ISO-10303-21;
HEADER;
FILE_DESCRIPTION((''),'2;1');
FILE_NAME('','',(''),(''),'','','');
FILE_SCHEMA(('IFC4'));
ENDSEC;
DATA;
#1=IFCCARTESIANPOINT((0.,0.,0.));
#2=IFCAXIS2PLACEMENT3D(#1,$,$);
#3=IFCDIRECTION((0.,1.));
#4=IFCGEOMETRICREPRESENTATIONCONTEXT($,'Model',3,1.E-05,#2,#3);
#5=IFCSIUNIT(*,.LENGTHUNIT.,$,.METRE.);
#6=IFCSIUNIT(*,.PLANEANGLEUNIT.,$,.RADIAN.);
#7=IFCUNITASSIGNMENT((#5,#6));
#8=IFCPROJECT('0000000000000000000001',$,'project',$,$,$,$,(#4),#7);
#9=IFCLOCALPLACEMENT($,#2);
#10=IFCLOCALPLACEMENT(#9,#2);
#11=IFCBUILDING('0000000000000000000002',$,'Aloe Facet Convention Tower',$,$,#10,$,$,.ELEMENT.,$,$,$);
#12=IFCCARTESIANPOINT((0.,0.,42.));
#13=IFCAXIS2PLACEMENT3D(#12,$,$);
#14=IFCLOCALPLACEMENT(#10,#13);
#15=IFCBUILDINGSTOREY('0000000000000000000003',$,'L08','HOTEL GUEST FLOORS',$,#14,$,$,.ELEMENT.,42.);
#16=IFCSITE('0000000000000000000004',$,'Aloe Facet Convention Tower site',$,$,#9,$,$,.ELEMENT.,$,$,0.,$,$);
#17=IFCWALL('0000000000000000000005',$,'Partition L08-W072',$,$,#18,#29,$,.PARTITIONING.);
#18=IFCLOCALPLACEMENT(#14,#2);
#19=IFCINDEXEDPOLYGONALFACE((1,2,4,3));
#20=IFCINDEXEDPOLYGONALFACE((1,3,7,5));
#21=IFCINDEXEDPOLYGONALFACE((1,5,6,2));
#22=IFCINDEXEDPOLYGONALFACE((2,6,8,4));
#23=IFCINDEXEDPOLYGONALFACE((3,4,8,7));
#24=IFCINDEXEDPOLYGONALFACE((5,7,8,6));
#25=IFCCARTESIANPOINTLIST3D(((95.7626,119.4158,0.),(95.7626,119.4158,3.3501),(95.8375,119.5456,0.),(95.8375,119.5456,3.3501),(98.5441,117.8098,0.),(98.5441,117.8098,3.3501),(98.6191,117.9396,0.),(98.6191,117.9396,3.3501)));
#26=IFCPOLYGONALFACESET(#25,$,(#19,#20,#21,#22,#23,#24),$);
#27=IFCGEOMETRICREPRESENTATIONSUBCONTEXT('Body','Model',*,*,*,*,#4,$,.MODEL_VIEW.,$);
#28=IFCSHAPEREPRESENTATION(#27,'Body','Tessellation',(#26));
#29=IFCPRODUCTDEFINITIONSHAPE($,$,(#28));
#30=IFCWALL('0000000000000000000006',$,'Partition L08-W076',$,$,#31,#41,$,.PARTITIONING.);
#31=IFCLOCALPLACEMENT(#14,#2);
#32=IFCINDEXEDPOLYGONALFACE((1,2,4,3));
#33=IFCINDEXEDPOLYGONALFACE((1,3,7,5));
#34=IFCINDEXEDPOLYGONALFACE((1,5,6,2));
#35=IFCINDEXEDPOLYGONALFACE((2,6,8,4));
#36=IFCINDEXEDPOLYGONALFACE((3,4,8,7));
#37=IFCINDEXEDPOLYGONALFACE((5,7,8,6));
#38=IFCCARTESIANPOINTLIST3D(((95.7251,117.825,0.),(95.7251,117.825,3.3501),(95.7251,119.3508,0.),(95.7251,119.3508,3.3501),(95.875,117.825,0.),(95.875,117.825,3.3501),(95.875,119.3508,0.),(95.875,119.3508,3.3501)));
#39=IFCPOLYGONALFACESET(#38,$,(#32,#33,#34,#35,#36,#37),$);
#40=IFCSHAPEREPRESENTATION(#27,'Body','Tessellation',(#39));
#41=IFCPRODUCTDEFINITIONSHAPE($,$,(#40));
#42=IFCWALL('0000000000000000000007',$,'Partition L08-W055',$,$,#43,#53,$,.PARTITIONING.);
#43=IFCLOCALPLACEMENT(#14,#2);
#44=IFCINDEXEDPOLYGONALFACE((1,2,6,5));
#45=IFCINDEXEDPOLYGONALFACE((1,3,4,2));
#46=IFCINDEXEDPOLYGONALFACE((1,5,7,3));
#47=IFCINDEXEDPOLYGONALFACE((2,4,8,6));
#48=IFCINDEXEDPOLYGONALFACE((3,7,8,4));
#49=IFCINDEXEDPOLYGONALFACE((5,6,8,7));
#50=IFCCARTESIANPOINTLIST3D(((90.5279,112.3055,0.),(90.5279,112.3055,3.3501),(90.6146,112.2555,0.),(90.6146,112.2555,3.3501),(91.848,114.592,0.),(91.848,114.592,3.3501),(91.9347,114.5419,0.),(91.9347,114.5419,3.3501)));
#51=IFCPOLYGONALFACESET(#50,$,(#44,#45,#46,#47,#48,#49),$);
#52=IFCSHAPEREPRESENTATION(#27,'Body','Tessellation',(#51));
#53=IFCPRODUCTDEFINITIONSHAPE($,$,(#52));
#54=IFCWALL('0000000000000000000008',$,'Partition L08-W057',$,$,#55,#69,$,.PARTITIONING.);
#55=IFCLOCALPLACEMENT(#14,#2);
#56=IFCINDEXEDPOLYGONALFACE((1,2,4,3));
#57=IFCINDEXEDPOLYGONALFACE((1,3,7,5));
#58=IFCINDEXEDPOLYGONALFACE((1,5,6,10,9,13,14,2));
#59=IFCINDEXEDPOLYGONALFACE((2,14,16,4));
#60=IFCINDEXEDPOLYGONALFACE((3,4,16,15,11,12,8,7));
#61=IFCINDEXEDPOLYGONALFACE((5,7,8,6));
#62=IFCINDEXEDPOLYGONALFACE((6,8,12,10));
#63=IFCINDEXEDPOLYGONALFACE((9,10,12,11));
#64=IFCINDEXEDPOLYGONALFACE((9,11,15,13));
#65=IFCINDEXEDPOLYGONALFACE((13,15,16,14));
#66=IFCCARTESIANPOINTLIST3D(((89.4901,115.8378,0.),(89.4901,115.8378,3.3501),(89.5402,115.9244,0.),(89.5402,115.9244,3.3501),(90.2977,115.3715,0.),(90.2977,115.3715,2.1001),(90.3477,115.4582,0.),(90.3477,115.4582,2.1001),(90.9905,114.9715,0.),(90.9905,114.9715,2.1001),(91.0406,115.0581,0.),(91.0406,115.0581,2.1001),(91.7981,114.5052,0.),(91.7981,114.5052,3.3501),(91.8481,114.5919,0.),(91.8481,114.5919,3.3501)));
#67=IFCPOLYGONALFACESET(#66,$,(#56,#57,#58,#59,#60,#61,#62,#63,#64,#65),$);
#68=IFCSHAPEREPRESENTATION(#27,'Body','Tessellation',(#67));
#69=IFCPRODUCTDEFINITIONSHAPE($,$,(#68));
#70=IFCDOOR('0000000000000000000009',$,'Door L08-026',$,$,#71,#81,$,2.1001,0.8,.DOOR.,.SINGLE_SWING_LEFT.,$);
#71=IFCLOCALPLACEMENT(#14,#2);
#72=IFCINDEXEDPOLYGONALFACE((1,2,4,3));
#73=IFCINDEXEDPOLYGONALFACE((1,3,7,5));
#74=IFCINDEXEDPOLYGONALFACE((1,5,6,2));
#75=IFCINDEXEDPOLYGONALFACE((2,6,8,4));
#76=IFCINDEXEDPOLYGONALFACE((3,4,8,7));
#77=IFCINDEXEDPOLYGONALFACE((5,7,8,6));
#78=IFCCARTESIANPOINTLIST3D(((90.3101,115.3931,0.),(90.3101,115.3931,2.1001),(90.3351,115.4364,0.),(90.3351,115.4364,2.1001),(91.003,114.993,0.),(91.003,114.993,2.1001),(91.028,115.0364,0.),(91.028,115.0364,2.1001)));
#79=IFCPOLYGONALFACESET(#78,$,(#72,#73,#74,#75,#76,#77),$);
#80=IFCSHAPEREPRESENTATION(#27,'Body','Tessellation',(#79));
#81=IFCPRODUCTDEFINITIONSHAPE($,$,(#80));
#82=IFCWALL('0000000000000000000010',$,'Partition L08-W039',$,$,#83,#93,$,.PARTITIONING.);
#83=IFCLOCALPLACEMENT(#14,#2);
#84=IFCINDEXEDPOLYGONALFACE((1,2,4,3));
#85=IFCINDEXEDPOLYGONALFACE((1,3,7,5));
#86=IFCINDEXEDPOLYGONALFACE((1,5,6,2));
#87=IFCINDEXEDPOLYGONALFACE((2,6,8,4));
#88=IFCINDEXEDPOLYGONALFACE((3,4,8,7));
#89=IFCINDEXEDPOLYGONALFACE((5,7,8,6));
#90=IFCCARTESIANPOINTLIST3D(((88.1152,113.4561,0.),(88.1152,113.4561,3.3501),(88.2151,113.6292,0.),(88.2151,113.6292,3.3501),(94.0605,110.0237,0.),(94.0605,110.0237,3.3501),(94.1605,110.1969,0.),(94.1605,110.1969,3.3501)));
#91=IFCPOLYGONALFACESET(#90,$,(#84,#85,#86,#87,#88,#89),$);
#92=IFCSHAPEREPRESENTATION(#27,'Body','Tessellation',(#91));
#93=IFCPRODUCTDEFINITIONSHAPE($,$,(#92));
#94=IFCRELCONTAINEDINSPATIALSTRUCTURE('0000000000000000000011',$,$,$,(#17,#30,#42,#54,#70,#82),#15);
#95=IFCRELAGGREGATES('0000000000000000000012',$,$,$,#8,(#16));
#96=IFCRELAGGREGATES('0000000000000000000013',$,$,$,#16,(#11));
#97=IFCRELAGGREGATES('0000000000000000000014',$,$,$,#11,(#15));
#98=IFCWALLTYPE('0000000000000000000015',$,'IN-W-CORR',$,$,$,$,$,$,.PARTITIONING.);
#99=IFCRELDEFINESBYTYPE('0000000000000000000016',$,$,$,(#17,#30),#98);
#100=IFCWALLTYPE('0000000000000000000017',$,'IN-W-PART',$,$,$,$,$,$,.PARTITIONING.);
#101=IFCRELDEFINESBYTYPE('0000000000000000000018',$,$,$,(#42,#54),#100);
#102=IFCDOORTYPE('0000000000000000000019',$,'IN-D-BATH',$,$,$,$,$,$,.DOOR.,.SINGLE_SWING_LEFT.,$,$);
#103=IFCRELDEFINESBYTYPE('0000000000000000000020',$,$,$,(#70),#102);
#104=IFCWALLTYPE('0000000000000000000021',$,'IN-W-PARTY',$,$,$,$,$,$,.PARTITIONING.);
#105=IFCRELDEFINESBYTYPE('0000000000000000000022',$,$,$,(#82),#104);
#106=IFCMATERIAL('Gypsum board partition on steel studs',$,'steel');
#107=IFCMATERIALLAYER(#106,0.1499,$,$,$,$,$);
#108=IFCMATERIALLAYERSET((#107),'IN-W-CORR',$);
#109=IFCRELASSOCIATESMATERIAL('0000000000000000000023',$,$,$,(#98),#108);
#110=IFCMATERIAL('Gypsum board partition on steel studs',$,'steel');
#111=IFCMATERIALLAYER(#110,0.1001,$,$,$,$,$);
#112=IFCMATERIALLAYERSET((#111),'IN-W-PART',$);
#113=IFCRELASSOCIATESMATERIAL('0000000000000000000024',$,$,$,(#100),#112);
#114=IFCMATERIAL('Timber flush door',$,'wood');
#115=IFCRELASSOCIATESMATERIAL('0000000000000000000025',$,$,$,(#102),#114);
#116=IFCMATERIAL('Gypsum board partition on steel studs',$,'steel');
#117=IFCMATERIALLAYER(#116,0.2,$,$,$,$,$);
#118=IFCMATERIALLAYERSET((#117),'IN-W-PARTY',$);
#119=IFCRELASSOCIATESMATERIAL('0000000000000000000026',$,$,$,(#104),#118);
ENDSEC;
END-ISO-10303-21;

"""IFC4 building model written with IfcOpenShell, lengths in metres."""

from ifc_helpers import new_model, si_unit, direction, frame, frame_2d, origin, place, context, subcontext, project, spatial, rectangle, extrude, material, layer, layer_set, type_object, element, fill, save


model = new_model("IFC4")

# Units and contexts
model_context = context("Model", 3, precision=1e-05, world=origin(), true_north=direction((0.0, 1.0)))
body_context = subcontext(model_context, "Body", "Model", "MODEL_VIEW")
ifc_project = project(units=[si_unit("LENGTHUNIT", "METRE"), si_unit("PLANEANGLEUNIT", "RADIAN")], contexts=[model_context])

# Site, building, storey
site_placement = place(None, origin())
site = spatial("IfcSite", under=ifc_project, at=site_placement, Name="Aloe Facet Convention Tower site", CompositionType="ELEMENT", RefElevation=0.0)
building_placement = place(site_placement, origin())
building = spatial("IfcBuilding", under=site, at=building_placement, Name="Aloe Facet Convention Tower", CompositionType="ELEMENT")
storey_placement = place(building_placement, frame((0.0, 0.0, 42.0)))
storey = spatial("IfcBuildingStorey", under=building, at=storey_placement, Name="L08", Description="HOTEL GUEST FLOORS", CompositionType="ELEMENT", Elevation=42.0)

# Shared definitions
ifc_material_1 = material(Name="Gypsum board partition on steel studs", Category="steel")
ifc_layer_1 = layer(ifc_material_1, 0.1499)
ifc_layer_set_1 = layer_set([ifc_layer_1], Name="IN-W-CORR")
wall_type_1 = type_object("IfcWallType", Name="IN-W-CORR", PredefinedType="PARTITIONING", material=ifc_layer_set_1)

# Walls
wall_1_placement = place(storey_placement, frame((95.8, 119.4807, 0.0), z_axis=(0.0, 0.0, 1.0), x_axis=(0.866017, -0.500014, 0.0)))
element("IfcWall", 1, at=wall_1_placement, inside=storey, type_object=wall_type_1, Name="Partition L08-W072", PredefinedType="PARTITIONING", context=body_context, shape_type="SweptSolid", body=[
    extrude(rectangle(XDim=3.2119, YDim=0.1499, at=frame_2d((1.606, 0.0))), origin(), (0.0, 0.0, 1.0), 3.3501),
])
wall_2_placement = place(storey_placement, frame((95.8, 117.825, 0.0), z_axis=(0.0, 0.0, 1.0), x_axis=(0.0, 1.0, 0.0)))
element("IfcWall", 2, at=wall_2_placement, inside=storey, type_object=wall_type_1, Name="Partition L08-W076", PredefinedType="PARTITIONING", context=body_context, shape_type="SweptSolid", body=[
    extrude(rectangle(XDim=1.5259, YDim=0.1499, at=frame_2d((0.7629, 0.0))), origin(), (0.0, 0.0, 1.0), 3.3501),
])
ifc_material_2 = material(Name="Gypsum board partition on steel studs", Category="steel")
ifc_layer_2 = layer(ifc_material_2, 0.1001)
ifc_layer_set_2 = layer_set([ifc_layer_2], Name="IN-W-PART")
wall_type_2 = type_object("IfcWallType", Name="IN-W-PART", PredefinedType="PARTITIONING", material=ifc_layer_set_2)
wall_3_placement = place(storey_placement, frame((90.5713, 112.2805, 0.0), z_axis=(0.0, 0.0, 1.0), x_axis=(0.500008, 0.866021, 0.0)))
element("IfcWall", 3, at=wall_3_placement, inside=storey, type_object=wall_type_2, Name="Partition L08-W055", PredefinedType="PARTITIONING", context=body_context, shape_type="SweptSolid", body=[
    extrude(rectangle(XDim=2.6401, YDim=0.1001, at=frame_2d((1.3201, 0.0))), origin(), (0.0, 0.0, 1.0), 3.3501),
])

# Wall, opening, door
wall_4_placement = place(storey_placement, frame((89.5151, 115.8811, 0.0), z_axis=(0.0, 0.0, 1.0), x_axis=(0.866013, -0.500021, 0.0)))
wall_4 = element("IfcWall", 4, at=wall_4_placement, inside=storey, type_object=wall_type_2, Name="Partition L08-W057", PredefinedType="PARTITIONING", context=body_context, shape_type="SweptSolid", body=[
    extrude(rectangle(XDim=2.665, YDim=0.1001, at=frame_2d((1.3325, 0.0))), origin(), (0.0, 0.0, 1.0), 3.3501),
])
opening_1_placement = place(wall_4_placement, frame((0.9326, 0.0, 0.0)))
opening_1 = element("IfcOpeningElement", 5, at=opening_1_placement, cuts=wall_4, PredefinedType="OPENING", context=body_context, shape_type="SweptSolid", body=[
    extrude(rectangle(XDim=0.8, YDim=2.1001, at=frame_2d((0.3999, 1.05))), frame((0.0, 0.0601, 0.0), z_axis=(0.0, -1.0, 0.0), x_axis=(1.0, 0.0, 0.0)), (0.0, 0.0, 1.0), 0.1201),
])
ifc_material_3 = material(Name="Timber flush door", Category="wood")
door_type_1 = type_object("IfcDoorType", Name="IN-D-BATH", OperationType="SINGLE_SWING_LEFT", PredefinedType="DOOR", material=ifc_material_3)
door_1_placement = place(opening_1_placement, origin())
door_1 = element("IfcDoor", 6, at=door_1_placement, inside=storey, type_object=door_type_1, Name="Door L08-026", OperationType="SINGLE_SWING_LEFT", OverallHeight=2.1001, OverallWidth=0.8, PredefinedType="DOOR", context=body_context, shape_type="SweptSolid", body=[
    extrude(rectangle(XDim=0.8, YDim=2.1001, at=frame_2d((0.3999, 1.05))), frame((0.0, 0.0249, 0.0), z_axis=(0.0, -1.0, 0.0), x_axis=(1.0, 0.0, 0.0)), (0.0, 0.0, 1.0), 0.05),
])
fill(opening_1, door_1)

# Wall
ifc_material_4 = material(Name="Gypsum board partition on steel studs", Category="steel")
ifc_layer_3 = layer(ifc_material_4, 0.2)
ifc_layer_set_3 = layer_set([ifc_layer_3], Name="IN-W-PARTY")
wall_type_3 = type_object("IfcWallType", Name="IN-W-PARTY", PredefinedType="PARTITIONING", material=ifc_layer_set_3)
wall_5_placement = place(storey_placement, frame((88.165, 113.5427, 0.0), z_axis=(0.0, 0.0, 1.0), x_axis=(0.866035, -0.499983, 0.0)))
element("IfcWall", 7, at=wall_5_placement, inside=storey, type_object=wall_type_3, Name="Partition L08-W039", PredefinedType="PARTITIONING", context=body_context, shape_type="SweptSolid", body=[
    extrude(rectangle(XDim=6.865, YDim=0.2, at=frame_2d((3.4326, 0.0))), origin(), (0.0, 0.0, 1.0), 3.3501),
])

save(model, "model.ifc")
